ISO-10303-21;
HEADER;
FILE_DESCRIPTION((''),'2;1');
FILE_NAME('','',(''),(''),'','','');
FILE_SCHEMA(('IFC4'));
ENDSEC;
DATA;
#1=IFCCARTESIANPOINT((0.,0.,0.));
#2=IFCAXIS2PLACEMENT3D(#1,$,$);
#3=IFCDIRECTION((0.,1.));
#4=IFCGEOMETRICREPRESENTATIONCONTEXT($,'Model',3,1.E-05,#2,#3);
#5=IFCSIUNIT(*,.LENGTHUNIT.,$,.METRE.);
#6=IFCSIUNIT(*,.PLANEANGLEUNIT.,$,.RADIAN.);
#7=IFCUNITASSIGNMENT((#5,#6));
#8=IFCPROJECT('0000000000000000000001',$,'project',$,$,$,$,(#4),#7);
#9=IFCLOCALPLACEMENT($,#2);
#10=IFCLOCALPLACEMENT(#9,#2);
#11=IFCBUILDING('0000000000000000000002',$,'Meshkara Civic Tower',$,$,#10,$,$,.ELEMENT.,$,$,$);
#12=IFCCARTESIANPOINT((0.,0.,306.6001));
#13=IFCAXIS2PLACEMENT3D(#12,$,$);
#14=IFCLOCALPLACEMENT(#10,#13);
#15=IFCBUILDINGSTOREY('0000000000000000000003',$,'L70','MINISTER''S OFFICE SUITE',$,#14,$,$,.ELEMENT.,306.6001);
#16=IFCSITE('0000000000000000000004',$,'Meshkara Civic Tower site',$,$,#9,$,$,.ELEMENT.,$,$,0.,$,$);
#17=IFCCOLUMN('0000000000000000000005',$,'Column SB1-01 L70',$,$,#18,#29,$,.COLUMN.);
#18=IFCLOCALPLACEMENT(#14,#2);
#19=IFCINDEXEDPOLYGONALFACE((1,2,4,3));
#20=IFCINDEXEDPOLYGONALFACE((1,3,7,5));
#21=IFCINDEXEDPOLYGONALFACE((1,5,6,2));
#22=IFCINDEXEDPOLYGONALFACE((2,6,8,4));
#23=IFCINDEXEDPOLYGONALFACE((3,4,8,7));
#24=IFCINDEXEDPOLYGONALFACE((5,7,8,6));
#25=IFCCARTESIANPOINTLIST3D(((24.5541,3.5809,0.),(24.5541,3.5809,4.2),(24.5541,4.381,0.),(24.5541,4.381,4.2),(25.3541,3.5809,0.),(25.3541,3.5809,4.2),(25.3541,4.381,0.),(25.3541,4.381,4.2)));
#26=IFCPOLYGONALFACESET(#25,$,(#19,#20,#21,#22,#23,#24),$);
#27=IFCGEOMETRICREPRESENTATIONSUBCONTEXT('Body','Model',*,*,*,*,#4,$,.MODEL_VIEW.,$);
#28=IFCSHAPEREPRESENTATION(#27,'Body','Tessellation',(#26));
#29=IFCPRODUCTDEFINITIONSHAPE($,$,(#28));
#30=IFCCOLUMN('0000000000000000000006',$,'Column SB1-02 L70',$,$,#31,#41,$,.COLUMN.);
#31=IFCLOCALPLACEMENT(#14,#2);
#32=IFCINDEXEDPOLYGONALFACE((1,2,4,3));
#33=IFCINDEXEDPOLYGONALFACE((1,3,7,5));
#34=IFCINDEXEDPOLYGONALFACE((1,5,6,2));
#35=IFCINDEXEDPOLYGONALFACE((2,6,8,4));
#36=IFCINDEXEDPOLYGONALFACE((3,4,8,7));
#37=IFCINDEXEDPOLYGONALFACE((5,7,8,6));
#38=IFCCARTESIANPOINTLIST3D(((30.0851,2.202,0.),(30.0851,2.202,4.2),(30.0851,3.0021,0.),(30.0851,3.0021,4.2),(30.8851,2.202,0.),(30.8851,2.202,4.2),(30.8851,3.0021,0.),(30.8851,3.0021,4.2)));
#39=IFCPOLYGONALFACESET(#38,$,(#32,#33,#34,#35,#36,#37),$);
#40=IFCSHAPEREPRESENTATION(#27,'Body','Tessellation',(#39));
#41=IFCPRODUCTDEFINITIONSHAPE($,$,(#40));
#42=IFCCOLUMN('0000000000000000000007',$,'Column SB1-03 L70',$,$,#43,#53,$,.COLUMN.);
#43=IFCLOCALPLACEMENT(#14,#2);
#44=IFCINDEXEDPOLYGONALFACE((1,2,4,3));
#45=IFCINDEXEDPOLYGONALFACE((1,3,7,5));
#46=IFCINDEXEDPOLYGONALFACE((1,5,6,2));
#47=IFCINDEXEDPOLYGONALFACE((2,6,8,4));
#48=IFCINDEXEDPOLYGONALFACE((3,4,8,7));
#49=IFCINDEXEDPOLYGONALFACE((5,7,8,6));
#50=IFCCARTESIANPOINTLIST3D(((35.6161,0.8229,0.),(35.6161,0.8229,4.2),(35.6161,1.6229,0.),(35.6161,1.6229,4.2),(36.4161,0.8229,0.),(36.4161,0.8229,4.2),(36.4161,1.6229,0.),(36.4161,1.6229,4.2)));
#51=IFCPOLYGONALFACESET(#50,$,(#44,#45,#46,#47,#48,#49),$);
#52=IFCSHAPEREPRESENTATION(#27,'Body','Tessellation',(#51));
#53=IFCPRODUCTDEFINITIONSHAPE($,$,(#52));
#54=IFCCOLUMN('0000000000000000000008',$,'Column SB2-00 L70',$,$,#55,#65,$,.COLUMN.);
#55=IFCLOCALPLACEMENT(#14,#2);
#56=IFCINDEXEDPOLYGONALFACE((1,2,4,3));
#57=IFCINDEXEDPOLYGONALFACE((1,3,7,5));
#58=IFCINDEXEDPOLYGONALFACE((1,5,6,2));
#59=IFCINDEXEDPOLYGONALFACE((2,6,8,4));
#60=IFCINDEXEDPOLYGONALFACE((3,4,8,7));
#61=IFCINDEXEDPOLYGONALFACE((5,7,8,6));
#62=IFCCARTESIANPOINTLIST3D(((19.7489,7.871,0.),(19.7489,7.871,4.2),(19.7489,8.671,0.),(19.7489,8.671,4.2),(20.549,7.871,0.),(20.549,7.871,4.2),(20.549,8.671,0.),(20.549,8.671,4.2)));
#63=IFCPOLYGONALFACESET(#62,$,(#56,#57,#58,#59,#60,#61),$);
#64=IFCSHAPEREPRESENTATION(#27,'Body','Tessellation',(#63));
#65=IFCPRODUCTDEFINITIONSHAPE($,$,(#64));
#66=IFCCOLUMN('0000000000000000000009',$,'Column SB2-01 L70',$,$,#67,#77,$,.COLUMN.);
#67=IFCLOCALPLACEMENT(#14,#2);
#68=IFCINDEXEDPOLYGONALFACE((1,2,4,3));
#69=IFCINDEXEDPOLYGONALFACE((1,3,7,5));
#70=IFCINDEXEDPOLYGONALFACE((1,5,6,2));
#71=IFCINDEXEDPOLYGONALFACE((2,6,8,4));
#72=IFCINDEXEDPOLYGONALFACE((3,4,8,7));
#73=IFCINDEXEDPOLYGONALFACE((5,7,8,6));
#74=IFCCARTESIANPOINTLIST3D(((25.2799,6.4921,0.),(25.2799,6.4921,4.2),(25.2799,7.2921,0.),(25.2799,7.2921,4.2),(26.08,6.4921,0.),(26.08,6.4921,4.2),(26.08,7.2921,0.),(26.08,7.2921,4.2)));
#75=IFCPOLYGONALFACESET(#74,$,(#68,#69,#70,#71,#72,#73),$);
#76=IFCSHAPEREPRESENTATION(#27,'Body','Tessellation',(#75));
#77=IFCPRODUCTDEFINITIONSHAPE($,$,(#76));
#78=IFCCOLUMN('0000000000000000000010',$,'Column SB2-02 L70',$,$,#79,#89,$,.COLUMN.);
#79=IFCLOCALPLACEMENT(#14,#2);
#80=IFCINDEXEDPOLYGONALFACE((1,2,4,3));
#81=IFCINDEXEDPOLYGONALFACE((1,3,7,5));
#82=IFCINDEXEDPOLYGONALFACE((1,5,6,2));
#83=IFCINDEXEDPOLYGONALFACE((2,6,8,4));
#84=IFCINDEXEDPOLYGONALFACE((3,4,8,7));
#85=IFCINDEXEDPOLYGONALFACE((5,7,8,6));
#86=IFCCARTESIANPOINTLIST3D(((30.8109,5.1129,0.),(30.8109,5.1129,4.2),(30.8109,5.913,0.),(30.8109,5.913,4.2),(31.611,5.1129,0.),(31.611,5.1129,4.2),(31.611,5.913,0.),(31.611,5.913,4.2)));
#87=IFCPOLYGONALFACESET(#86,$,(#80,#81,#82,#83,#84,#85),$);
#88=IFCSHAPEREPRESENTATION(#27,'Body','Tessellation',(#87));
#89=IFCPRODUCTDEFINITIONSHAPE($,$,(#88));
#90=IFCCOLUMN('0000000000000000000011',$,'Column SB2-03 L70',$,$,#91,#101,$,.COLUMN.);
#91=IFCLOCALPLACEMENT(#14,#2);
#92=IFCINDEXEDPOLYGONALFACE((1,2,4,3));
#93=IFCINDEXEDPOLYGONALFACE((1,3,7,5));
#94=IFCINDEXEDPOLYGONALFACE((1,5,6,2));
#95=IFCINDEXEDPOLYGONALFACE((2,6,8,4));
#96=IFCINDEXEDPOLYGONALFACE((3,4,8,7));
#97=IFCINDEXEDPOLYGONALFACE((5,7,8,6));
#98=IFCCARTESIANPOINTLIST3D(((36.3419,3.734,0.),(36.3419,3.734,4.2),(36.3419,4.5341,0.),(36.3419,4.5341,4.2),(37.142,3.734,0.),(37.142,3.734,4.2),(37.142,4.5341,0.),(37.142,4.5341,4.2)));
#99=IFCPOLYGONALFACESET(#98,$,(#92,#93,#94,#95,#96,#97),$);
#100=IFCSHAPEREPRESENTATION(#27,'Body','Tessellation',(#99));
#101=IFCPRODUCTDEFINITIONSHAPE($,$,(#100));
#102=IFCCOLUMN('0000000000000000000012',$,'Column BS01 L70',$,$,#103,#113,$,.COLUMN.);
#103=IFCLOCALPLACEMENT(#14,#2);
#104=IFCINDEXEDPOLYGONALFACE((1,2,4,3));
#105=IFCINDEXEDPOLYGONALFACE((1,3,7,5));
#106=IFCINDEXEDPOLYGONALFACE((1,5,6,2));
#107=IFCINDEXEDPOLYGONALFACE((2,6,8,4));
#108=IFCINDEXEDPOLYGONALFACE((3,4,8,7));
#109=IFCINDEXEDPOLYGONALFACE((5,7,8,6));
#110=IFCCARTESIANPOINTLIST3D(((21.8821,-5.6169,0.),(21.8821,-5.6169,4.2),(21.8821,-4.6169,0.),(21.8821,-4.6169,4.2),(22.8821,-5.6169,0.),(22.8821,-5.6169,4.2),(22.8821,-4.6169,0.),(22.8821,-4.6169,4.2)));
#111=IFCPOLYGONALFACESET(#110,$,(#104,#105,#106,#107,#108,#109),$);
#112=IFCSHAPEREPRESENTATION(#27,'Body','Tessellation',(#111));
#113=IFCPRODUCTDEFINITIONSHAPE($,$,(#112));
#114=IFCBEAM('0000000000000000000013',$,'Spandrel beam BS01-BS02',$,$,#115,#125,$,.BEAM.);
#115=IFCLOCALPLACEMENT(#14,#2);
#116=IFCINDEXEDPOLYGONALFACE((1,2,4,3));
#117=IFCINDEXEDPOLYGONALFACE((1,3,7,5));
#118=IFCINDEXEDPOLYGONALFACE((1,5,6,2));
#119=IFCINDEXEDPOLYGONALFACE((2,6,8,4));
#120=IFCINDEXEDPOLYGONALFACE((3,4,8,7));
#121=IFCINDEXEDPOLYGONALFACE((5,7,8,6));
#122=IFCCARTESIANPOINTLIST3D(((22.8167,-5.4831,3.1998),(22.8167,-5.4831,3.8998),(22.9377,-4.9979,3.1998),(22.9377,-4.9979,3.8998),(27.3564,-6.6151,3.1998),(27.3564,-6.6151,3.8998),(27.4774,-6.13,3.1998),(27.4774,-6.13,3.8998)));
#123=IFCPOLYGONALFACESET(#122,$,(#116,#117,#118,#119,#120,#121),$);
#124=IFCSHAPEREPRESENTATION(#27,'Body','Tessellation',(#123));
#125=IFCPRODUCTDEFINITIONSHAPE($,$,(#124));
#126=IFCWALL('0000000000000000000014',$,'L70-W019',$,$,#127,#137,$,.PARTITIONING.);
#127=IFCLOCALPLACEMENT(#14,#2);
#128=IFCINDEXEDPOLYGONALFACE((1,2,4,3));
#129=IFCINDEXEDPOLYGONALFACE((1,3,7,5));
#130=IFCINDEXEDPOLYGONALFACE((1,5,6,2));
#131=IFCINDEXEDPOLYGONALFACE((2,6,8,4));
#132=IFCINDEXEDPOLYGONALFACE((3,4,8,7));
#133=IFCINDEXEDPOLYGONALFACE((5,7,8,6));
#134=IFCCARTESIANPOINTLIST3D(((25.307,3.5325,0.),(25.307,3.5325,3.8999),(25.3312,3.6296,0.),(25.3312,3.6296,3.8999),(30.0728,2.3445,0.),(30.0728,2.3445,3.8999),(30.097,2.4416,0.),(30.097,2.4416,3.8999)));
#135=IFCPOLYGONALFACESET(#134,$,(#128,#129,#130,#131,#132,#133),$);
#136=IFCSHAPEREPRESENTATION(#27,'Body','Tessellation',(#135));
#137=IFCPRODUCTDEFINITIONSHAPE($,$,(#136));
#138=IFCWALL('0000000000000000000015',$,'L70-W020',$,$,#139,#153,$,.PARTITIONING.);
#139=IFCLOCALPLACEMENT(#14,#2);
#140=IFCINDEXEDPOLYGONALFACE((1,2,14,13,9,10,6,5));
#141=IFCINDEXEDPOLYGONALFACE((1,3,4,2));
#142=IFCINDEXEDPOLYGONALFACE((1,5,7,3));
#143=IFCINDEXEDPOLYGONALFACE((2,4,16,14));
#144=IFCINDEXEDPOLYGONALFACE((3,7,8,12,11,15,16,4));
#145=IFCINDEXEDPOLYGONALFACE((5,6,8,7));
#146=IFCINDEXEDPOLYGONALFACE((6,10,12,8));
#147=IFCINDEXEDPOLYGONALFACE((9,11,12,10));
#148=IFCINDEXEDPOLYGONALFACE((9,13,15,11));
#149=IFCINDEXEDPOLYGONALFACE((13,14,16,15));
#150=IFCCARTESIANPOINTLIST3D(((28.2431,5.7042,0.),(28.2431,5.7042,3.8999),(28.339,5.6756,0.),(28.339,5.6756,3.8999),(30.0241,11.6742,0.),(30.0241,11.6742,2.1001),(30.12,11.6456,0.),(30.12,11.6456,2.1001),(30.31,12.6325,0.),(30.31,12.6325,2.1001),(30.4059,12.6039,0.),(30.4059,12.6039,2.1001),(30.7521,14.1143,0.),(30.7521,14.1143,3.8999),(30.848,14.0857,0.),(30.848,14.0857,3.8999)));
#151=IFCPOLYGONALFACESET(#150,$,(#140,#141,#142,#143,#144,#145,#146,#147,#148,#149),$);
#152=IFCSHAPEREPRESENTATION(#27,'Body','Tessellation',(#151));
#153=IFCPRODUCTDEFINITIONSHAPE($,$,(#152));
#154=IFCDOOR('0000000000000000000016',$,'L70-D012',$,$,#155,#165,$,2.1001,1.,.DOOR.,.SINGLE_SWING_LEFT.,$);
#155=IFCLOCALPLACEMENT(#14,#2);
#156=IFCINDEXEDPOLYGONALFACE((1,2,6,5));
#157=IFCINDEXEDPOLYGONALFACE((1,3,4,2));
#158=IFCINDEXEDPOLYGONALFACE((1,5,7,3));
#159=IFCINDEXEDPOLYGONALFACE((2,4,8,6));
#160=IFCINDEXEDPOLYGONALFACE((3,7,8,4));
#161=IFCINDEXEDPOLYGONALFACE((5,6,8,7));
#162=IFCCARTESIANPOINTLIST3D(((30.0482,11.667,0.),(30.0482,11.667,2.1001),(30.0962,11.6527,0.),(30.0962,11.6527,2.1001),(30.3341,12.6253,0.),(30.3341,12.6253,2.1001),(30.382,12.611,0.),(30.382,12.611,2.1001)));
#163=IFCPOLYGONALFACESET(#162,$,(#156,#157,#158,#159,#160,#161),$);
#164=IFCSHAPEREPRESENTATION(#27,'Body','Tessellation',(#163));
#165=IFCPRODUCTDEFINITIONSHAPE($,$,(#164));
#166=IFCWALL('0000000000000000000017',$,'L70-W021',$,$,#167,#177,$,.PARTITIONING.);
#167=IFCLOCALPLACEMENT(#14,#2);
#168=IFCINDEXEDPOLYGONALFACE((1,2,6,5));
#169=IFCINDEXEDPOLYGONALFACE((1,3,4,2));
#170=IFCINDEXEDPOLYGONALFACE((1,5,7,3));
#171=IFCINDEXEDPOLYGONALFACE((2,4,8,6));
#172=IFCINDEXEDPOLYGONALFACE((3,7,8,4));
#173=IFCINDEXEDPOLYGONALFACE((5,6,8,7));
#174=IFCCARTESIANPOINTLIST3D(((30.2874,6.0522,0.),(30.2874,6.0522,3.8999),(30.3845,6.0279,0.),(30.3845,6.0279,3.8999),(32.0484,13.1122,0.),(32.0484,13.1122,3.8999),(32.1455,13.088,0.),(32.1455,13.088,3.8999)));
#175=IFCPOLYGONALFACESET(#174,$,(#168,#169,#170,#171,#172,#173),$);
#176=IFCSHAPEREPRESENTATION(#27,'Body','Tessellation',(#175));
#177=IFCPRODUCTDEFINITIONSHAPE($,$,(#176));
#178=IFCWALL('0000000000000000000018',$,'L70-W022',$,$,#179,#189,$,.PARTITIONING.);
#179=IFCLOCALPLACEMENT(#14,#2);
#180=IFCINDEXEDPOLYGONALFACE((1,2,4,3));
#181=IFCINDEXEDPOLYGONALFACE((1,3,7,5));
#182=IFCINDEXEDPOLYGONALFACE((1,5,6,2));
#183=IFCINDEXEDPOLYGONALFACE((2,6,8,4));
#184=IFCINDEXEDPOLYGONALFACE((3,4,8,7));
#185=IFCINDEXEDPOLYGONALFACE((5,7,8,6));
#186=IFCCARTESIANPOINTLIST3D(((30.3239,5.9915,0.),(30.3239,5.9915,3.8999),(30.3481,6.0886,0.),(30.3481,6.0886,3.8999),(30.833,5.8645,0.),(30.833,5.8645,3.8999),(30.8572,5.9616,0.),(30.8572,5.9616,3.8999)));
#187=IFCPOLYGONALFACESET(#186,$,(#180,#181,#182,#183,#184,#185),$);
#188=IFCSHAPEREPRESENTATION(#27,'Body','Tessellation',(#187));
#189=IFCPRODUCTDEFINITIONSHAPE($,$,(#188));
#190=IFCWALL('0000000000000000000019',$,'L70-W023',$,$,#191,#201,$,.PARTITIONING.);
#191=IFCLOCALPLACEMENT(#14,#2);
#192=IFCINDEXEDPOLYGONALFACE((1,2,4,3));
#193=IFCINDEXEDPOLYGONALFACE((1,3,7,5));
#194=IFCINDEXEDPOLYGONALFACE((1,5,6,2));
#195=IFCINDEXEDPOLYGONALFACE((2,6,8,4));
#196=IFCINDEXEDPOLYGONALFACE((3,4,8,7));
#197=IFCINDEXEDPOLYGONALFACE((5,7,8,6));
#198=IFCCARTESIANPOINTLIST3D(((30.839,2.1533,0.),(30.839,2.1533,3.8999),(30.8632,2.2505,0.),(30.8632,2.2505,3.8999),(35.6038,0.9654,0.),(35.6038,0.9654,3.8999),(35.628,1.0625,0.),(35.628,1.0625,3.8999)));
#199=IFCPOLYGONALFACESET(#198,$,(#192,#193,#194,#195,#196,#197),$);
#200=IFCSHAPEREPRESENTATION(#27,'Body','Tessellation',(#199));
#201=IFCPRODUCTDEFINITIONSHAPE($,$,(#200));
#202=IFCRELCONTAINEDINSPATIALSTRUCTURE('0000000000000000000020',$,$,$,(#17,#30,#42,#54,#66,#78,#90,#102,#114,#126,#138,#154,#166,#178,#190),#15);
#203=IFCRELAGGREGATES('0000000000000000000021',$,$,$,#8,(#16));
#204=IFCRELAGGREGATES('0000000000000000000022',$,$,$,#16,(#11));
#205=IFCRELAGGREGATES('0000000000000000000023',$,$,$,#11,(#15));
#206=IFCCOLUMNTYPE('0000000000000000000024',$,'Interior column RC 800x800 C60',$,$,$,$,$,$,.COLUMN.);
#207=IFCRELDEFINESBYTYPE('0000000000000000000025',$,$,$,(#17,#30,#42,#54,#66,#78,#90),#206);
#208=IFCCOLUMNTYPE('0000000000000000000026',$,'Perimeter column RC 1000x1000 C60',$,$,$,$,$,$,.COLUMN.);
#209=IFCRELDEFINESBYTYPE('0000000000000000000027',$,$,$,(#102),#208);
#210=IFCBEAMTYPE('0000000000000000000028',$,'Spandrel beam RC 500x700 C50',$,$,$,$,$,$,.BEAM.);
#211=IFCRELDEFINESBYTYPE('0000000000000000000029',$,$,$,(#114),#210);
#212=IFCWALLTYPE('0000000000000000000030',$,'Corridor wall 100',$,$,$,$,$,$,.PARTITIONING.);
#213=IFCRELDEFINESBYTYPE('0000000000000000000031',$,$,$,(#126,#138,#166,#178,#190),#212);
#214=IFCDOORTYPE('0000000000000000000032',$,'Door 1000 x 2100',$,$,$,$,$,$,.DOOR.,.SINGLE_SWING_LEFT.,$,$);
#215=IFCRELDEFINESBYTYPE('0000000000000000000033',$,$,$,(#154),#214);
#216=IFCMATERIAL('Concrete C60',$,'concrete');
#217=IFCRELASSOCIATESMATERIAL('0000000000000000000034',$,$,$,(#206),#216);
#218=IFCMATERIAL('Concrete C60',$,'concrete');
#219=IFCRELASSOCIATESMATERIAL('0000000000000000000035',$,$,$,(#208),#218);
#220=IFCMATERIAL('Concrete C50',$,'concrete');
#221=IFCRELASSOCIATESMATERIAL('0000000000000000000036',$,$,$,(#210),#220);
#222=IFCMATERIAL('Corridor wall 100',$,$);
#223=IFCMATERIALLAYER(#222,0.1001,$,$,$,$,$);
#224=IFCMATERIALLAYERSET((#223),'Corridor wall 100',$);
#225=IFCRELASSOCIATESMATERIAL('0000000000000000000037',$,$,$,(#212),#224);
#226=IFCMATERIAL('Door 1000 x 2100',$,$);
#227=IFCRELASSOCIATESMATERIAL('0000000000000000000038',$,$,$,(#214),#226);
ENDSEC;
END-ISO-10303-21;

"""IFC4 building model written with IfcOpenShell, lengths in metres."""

from ifc_helpers import new_model, si_unit, direction, frame, frame_2d, origin, origin_2d, place, context, subcontext, project, spatial, rectangle, extrude, material, layer, layer_set, material_profile, profile_set, type_object, element, fill, save


model = new_model("IFC4")

# Units and contexts
model_context = context("Model", 3, precision=1e-05, world=origin(), true_north=direction((0.0, 1.0)))
body_context = subcontext(model_context, "Body", "Model", "MODEL_VIEW")
ifc_project = project(units=[si_unit("LENGTHUNIT", "METRE"), si_unit("PLANEANGLEUNIT", "RADIAN")], contexts=[model_context])

# Site, building, storey
site_placement = place(None, origin())
site = spatial("IfcSite", under=ifc_project, at=site_placement, Name="Meshkara Civic Tower site", CompositionType="ELEMENT", RefElevation=0.0)
building_placement = place(site_placement, origin())
building = spatial("IfcBuilding", under=site, at=building_placement, Name="Meshkara Civic Tower", CompositionType="ELEMENT")
storey_placement = place(building_placement, frame((0.0, 0.0, 306.6001)))
storey = spatial("IfcBuildingStorey", under=building, at=storey_placement, Name="L70", Description="MINISTER'S OFFICE SUITE", CompositionType="ELEMENT", Elevation=306.6001)

# Columns
ifc_material_1 = material(Name="Concrete C60", Category="concrete")
ifc_material_profile_1 = material_profile(ifc_material_1, rectangle(XDim=0.8, YDim=0.8, at=origin_2d()))
ifc_profile_set_1 = profile_set([ifc_material_profile_1], Name="Concrete C60")
column_type_1 = type_object("IfcColumnType", Name="Interior column RC 800x800 C60", PredefinedType="COLUMN", material=ifc_profile_set_1)
for number, where, z_axis, x_axis, name in (
    (1, (24.9541, 3.981, 0.0), (0.0, 0.0, 1.0), (1.0, 0.0, 0.0), "Column SB1-01 L70"),
    (2, (30.4851, 2.6021, 0.0), (0.0, 0.0, 1.0), (1.0, 0.0, 0.0), "Column SB1-02 L70"),
    (3, (36.0161, 1.2229, 0.0), (0.0, 0.0, 1.0), (1.0, 0.0, 0.0), "Column SB1-03 L70"),
    (4, (20.1489, 8.271, 0.0), (0.0, 0.0, 1.0), (1.0, 0.0, 0.0), "Column SB2-00 L70"),
    (5, (25.6799, 6.8921, 0.0), (0.0, 0.0, 1.0), (1.0, 0.0, 0.0), "Column SB2-01 L70"),
    (6, (31.2109, 5.5129, 0.0), (0.0, 0.0, 1.0), (1.0, 0.0, 0.0), "Column SB2-02 L70"),
    (7, (36.7419, 4.134, 0.0), (0.0, 0.0, 1.0), (1.0, 0.0, 0.0), "Column SB2-03 L70"),
):
    element("IfcColumn", number, at=place(storey_placement, frame(where, z_axis=z_axis, x_axis=x_axis)), inside=storey, type_object=column_type_1, Name=name, PredefinedType="COLUMN", context=body_context, shape_type="SweptSolid", body=[
        extrude(rectangle(XDim=0.8, YDim=0.8, at=origin_2d()), origin(), (0.0, 0.0, 1.0), 4.2),
    ])
ifc_material_2 = material(Name="Concrete C60", Category="concrete")
ifc_material_profile_2 = material_profile(ifc_material_2, rectangle(XDim=1.0, YDim=1.0, at=origin_2d()))
ifc_profile_set_2 = profile_set([ifc_material_profile_2], Name="Concrete C60")
column_type_2 = type_object("IfcColumnType", Name="Perimeter column RC 1000x1000 C60", PredefinedType="COLUMN", material=ifc_profile_set_2)
column_placement = place(storey_placement, frame((22.3821, -5.1169, 0.0), z_axis=(0.0, 0.0, 1.0), x_axis=(1.0, 0.0, 0.0)))
element("IfcColumn", 8, at=column_placement, inside=storey, type_object=column_type_2, Name="Column BS01 L70", PredefinedType="COLUMN", context=body_context, shape_type="SweptSolid", body=[
    extrude(rectangle(XDim=1.0, YDim=1.0, at=origin_2d()), origin(), (0.0, 0.0, 1.0), 4.2),
])

# Beam
ifc_material_3 = material(Name="Concrete C50", Category="concrete")
ifc_material_profile_3 = material_profile(ifc_material_3, rectangle(XDim=0.5, YDim=0.7, at=origin_2d()))
ifc_profile_set_3 = profile_set([ifc_material_profile_3], Name="Concrete C50")
beam_type = type_object("IfcBeamType", Name="Spandrel beam RC 500x700 C50", PredefinedType="BEAM", material=ifc_profile_set_3)
beam_placement = place(storey_placement, frame((22.8772, -5.2405, 3.5498), z_axis=(0.970287, -0.241959, 0.0), x_axis=(0.241959, 0.970287, 0.0)))
element("IfcBeam", 9, at=beam_placement, inside=storey, type_object=beam_type, Name="Spandrel beam BS01-BS02", PredefinedType="BEAM", context=body_context, shape_type="SweptSolid", body=[
    extrude(rectangle(XDim=0.5, YDim=0.7, at=origin_2d()), origin(), (0.0, 0.0, 1.0), 4.6787),
])

# Wall
ifc_material_4 = material(Name="Corridor wall 100")
ifc_layer_1 = layer(ifc_material_4, 0.1001)
ifc_layer_set_1 = layer_set([ifc_layer_1], Name="Corridor wall 100")
wall_type_1 = type_object("IfcWallType", Name="Corridor wall 100", PredefinedType="PARTITIONING", material=ifc_layer_set_1)
wall_1_placement = place(storey_placement, frame((25.3191, 3.5811, 0.0), z_axis=(0.0, 0.0, 1.0), x_axis=(0.970309, -0.241869, 0.0)))
element("IfcWall", 10, at=wall_1_placement, inside=storey, type_object=wall_type_1, Name="L70-W019", PredefinedType="PARTITIONING", context=body_context, shape_type="SweptSolid", body=[
    extrude(rectangle(XDim=4.9116, YDim=0.1001, at=frame_2d((2.4558, 0.0))), origin(), (0.0, 0.0, 1.0), 3.8999),
])

# Wall, opening, door
wall_2_placement = place(storey_placement, frame((28.291, 5.6899, 0.0), z_axis=(0.0, 0.0, 1.0), x_axis=(0.285883, 0.958265, 0.0)))
wall_2 = element("IfcWall", 11, at=wall_2_placement, inside=storey, type_object=wall_type_1, Name="L70-W020", PredefinedType="PARTITIONING", context=body_context, shape_type="SweptSolid", body=[
    extrude(rectangle(XDim=8.7764, YDim=0.1001, at=frame_2d((4.3882, 0.0))), origin(), (0.0, 0.0, 1.0), 3.8999),
])
opening_1_placement = place(wall_2_placement, frame((6.23, 0.0, 0.0)))
opening_1 = element("IfcOpeningElement", 12, at=opening_1_placement, cuts=wall_2, PredefinedType="OPENING", context=body_context, shape_type="SweptSolid", body=[
    extrude(rectangle(XDim=1.0, YDim=2.1001, at=frame_2d((0.5, 1.05))), frame((0.0, 0.0601, 0.0), z_axis=(0.0, -1.0, 0.0), x_axis=(1.0, 0.0, 0.0)), (0.0, 0.0, 1.0), 0.1201),
])
ifc_material_5 = material(Name="Door 1000 x 2100")
door_type_1 = type_object("IfcDoorType", Name="Door 1000 x 2100", OperationType="SINGLE_SWING_LEFT", PredefinedType="DOOR", material=ifc_material_5)
door_1_placement = place(opening_1_placement, origin())
door_1 = element("IfcDoor", 13, at=door_1_placement, inside=storey, type_object=door_type_1, Name="L70-D012", OperationType="SINGLE_SWING_LEFT", OverallHeight=2.1001, OverallWidth=1.0, PredefinedType="DOOR", context=body_context, shape_type="SweptSolid", body=[
    extrude(rectangle(XDim=1.0, YDim=2.1001, at=frame_2d((0.5, 1.05))), frame((0.0, 0.0249, 0.0), z_axis=(0.0, -1.0, 0.0), x_axis=(1.0, 0.0, 0.0)), (0.0, 0.0, 1.0), 0.05),
])
fill(opening_1, door_1)

# Walls
wall_3_placement = place(storey_placement, frame((30.3359, 6.04, 0.0), z_axis=(0.0, 0.0, 1.0), x_axis=(0.242015, 0.970273, 0.0)))
element("IfcWall", 14, at=wall_3_placement, inside=storey, type_object=wall_type_1, Name="L70-W021", PredefinedType="PARTITIONING", context=body_context, shape_type="SweptSolid", body=[
    extrude(rectangle(XDim=7.2764, YDim=0.1001, at=frame_2d((3.6382, 0.0))), origin(), (0.0, 0.0, 1.0), 3.8999),
])
wall_4_placement = place(storey_placement, frame((30.845, 5.9131, 0.0), z_axis=(0.0, 0.0, 1.0), x_axis=(-0.970279, 0.241988, 0.0)))
element("IfcWall", 15, at=wall_4_placement, inside=storey, type_object=wall_type_1, Name="L70-W022", PredefinedType="PARTITIONING", context=body_context, shape_type="SweptSolid", body=[
    extrude(rectangle(XDim=0.5247, YDim=0.1001, at=frame_2d((0.2622, 0.0))), origin(), (0.0, 0.0, 1.0), 3.8999),
])
wall_5_placement = place(storey_placement, frame((30.8511, 2.2019, 0.0), z_axis=(0.0, 0.0, 1.0), x_axis=(0.970297, -0.241916, 0.0)))
element("IfcWall", 16, at=wall_5_placement, inside=storey, type_object=wall_type_1, Name="L70-W023", PredefinedType="PARTITIONING", context=body_context, shape_type="SweptSolid", body=[
    extrude(rectangle(XDim=4.9106, YDim=0.1001, at=frame_2d((2.4553, 0.0))), origin(), (0.0, 0.0, 1.0), 3.8999),
])

save(model, "model.ifc")
